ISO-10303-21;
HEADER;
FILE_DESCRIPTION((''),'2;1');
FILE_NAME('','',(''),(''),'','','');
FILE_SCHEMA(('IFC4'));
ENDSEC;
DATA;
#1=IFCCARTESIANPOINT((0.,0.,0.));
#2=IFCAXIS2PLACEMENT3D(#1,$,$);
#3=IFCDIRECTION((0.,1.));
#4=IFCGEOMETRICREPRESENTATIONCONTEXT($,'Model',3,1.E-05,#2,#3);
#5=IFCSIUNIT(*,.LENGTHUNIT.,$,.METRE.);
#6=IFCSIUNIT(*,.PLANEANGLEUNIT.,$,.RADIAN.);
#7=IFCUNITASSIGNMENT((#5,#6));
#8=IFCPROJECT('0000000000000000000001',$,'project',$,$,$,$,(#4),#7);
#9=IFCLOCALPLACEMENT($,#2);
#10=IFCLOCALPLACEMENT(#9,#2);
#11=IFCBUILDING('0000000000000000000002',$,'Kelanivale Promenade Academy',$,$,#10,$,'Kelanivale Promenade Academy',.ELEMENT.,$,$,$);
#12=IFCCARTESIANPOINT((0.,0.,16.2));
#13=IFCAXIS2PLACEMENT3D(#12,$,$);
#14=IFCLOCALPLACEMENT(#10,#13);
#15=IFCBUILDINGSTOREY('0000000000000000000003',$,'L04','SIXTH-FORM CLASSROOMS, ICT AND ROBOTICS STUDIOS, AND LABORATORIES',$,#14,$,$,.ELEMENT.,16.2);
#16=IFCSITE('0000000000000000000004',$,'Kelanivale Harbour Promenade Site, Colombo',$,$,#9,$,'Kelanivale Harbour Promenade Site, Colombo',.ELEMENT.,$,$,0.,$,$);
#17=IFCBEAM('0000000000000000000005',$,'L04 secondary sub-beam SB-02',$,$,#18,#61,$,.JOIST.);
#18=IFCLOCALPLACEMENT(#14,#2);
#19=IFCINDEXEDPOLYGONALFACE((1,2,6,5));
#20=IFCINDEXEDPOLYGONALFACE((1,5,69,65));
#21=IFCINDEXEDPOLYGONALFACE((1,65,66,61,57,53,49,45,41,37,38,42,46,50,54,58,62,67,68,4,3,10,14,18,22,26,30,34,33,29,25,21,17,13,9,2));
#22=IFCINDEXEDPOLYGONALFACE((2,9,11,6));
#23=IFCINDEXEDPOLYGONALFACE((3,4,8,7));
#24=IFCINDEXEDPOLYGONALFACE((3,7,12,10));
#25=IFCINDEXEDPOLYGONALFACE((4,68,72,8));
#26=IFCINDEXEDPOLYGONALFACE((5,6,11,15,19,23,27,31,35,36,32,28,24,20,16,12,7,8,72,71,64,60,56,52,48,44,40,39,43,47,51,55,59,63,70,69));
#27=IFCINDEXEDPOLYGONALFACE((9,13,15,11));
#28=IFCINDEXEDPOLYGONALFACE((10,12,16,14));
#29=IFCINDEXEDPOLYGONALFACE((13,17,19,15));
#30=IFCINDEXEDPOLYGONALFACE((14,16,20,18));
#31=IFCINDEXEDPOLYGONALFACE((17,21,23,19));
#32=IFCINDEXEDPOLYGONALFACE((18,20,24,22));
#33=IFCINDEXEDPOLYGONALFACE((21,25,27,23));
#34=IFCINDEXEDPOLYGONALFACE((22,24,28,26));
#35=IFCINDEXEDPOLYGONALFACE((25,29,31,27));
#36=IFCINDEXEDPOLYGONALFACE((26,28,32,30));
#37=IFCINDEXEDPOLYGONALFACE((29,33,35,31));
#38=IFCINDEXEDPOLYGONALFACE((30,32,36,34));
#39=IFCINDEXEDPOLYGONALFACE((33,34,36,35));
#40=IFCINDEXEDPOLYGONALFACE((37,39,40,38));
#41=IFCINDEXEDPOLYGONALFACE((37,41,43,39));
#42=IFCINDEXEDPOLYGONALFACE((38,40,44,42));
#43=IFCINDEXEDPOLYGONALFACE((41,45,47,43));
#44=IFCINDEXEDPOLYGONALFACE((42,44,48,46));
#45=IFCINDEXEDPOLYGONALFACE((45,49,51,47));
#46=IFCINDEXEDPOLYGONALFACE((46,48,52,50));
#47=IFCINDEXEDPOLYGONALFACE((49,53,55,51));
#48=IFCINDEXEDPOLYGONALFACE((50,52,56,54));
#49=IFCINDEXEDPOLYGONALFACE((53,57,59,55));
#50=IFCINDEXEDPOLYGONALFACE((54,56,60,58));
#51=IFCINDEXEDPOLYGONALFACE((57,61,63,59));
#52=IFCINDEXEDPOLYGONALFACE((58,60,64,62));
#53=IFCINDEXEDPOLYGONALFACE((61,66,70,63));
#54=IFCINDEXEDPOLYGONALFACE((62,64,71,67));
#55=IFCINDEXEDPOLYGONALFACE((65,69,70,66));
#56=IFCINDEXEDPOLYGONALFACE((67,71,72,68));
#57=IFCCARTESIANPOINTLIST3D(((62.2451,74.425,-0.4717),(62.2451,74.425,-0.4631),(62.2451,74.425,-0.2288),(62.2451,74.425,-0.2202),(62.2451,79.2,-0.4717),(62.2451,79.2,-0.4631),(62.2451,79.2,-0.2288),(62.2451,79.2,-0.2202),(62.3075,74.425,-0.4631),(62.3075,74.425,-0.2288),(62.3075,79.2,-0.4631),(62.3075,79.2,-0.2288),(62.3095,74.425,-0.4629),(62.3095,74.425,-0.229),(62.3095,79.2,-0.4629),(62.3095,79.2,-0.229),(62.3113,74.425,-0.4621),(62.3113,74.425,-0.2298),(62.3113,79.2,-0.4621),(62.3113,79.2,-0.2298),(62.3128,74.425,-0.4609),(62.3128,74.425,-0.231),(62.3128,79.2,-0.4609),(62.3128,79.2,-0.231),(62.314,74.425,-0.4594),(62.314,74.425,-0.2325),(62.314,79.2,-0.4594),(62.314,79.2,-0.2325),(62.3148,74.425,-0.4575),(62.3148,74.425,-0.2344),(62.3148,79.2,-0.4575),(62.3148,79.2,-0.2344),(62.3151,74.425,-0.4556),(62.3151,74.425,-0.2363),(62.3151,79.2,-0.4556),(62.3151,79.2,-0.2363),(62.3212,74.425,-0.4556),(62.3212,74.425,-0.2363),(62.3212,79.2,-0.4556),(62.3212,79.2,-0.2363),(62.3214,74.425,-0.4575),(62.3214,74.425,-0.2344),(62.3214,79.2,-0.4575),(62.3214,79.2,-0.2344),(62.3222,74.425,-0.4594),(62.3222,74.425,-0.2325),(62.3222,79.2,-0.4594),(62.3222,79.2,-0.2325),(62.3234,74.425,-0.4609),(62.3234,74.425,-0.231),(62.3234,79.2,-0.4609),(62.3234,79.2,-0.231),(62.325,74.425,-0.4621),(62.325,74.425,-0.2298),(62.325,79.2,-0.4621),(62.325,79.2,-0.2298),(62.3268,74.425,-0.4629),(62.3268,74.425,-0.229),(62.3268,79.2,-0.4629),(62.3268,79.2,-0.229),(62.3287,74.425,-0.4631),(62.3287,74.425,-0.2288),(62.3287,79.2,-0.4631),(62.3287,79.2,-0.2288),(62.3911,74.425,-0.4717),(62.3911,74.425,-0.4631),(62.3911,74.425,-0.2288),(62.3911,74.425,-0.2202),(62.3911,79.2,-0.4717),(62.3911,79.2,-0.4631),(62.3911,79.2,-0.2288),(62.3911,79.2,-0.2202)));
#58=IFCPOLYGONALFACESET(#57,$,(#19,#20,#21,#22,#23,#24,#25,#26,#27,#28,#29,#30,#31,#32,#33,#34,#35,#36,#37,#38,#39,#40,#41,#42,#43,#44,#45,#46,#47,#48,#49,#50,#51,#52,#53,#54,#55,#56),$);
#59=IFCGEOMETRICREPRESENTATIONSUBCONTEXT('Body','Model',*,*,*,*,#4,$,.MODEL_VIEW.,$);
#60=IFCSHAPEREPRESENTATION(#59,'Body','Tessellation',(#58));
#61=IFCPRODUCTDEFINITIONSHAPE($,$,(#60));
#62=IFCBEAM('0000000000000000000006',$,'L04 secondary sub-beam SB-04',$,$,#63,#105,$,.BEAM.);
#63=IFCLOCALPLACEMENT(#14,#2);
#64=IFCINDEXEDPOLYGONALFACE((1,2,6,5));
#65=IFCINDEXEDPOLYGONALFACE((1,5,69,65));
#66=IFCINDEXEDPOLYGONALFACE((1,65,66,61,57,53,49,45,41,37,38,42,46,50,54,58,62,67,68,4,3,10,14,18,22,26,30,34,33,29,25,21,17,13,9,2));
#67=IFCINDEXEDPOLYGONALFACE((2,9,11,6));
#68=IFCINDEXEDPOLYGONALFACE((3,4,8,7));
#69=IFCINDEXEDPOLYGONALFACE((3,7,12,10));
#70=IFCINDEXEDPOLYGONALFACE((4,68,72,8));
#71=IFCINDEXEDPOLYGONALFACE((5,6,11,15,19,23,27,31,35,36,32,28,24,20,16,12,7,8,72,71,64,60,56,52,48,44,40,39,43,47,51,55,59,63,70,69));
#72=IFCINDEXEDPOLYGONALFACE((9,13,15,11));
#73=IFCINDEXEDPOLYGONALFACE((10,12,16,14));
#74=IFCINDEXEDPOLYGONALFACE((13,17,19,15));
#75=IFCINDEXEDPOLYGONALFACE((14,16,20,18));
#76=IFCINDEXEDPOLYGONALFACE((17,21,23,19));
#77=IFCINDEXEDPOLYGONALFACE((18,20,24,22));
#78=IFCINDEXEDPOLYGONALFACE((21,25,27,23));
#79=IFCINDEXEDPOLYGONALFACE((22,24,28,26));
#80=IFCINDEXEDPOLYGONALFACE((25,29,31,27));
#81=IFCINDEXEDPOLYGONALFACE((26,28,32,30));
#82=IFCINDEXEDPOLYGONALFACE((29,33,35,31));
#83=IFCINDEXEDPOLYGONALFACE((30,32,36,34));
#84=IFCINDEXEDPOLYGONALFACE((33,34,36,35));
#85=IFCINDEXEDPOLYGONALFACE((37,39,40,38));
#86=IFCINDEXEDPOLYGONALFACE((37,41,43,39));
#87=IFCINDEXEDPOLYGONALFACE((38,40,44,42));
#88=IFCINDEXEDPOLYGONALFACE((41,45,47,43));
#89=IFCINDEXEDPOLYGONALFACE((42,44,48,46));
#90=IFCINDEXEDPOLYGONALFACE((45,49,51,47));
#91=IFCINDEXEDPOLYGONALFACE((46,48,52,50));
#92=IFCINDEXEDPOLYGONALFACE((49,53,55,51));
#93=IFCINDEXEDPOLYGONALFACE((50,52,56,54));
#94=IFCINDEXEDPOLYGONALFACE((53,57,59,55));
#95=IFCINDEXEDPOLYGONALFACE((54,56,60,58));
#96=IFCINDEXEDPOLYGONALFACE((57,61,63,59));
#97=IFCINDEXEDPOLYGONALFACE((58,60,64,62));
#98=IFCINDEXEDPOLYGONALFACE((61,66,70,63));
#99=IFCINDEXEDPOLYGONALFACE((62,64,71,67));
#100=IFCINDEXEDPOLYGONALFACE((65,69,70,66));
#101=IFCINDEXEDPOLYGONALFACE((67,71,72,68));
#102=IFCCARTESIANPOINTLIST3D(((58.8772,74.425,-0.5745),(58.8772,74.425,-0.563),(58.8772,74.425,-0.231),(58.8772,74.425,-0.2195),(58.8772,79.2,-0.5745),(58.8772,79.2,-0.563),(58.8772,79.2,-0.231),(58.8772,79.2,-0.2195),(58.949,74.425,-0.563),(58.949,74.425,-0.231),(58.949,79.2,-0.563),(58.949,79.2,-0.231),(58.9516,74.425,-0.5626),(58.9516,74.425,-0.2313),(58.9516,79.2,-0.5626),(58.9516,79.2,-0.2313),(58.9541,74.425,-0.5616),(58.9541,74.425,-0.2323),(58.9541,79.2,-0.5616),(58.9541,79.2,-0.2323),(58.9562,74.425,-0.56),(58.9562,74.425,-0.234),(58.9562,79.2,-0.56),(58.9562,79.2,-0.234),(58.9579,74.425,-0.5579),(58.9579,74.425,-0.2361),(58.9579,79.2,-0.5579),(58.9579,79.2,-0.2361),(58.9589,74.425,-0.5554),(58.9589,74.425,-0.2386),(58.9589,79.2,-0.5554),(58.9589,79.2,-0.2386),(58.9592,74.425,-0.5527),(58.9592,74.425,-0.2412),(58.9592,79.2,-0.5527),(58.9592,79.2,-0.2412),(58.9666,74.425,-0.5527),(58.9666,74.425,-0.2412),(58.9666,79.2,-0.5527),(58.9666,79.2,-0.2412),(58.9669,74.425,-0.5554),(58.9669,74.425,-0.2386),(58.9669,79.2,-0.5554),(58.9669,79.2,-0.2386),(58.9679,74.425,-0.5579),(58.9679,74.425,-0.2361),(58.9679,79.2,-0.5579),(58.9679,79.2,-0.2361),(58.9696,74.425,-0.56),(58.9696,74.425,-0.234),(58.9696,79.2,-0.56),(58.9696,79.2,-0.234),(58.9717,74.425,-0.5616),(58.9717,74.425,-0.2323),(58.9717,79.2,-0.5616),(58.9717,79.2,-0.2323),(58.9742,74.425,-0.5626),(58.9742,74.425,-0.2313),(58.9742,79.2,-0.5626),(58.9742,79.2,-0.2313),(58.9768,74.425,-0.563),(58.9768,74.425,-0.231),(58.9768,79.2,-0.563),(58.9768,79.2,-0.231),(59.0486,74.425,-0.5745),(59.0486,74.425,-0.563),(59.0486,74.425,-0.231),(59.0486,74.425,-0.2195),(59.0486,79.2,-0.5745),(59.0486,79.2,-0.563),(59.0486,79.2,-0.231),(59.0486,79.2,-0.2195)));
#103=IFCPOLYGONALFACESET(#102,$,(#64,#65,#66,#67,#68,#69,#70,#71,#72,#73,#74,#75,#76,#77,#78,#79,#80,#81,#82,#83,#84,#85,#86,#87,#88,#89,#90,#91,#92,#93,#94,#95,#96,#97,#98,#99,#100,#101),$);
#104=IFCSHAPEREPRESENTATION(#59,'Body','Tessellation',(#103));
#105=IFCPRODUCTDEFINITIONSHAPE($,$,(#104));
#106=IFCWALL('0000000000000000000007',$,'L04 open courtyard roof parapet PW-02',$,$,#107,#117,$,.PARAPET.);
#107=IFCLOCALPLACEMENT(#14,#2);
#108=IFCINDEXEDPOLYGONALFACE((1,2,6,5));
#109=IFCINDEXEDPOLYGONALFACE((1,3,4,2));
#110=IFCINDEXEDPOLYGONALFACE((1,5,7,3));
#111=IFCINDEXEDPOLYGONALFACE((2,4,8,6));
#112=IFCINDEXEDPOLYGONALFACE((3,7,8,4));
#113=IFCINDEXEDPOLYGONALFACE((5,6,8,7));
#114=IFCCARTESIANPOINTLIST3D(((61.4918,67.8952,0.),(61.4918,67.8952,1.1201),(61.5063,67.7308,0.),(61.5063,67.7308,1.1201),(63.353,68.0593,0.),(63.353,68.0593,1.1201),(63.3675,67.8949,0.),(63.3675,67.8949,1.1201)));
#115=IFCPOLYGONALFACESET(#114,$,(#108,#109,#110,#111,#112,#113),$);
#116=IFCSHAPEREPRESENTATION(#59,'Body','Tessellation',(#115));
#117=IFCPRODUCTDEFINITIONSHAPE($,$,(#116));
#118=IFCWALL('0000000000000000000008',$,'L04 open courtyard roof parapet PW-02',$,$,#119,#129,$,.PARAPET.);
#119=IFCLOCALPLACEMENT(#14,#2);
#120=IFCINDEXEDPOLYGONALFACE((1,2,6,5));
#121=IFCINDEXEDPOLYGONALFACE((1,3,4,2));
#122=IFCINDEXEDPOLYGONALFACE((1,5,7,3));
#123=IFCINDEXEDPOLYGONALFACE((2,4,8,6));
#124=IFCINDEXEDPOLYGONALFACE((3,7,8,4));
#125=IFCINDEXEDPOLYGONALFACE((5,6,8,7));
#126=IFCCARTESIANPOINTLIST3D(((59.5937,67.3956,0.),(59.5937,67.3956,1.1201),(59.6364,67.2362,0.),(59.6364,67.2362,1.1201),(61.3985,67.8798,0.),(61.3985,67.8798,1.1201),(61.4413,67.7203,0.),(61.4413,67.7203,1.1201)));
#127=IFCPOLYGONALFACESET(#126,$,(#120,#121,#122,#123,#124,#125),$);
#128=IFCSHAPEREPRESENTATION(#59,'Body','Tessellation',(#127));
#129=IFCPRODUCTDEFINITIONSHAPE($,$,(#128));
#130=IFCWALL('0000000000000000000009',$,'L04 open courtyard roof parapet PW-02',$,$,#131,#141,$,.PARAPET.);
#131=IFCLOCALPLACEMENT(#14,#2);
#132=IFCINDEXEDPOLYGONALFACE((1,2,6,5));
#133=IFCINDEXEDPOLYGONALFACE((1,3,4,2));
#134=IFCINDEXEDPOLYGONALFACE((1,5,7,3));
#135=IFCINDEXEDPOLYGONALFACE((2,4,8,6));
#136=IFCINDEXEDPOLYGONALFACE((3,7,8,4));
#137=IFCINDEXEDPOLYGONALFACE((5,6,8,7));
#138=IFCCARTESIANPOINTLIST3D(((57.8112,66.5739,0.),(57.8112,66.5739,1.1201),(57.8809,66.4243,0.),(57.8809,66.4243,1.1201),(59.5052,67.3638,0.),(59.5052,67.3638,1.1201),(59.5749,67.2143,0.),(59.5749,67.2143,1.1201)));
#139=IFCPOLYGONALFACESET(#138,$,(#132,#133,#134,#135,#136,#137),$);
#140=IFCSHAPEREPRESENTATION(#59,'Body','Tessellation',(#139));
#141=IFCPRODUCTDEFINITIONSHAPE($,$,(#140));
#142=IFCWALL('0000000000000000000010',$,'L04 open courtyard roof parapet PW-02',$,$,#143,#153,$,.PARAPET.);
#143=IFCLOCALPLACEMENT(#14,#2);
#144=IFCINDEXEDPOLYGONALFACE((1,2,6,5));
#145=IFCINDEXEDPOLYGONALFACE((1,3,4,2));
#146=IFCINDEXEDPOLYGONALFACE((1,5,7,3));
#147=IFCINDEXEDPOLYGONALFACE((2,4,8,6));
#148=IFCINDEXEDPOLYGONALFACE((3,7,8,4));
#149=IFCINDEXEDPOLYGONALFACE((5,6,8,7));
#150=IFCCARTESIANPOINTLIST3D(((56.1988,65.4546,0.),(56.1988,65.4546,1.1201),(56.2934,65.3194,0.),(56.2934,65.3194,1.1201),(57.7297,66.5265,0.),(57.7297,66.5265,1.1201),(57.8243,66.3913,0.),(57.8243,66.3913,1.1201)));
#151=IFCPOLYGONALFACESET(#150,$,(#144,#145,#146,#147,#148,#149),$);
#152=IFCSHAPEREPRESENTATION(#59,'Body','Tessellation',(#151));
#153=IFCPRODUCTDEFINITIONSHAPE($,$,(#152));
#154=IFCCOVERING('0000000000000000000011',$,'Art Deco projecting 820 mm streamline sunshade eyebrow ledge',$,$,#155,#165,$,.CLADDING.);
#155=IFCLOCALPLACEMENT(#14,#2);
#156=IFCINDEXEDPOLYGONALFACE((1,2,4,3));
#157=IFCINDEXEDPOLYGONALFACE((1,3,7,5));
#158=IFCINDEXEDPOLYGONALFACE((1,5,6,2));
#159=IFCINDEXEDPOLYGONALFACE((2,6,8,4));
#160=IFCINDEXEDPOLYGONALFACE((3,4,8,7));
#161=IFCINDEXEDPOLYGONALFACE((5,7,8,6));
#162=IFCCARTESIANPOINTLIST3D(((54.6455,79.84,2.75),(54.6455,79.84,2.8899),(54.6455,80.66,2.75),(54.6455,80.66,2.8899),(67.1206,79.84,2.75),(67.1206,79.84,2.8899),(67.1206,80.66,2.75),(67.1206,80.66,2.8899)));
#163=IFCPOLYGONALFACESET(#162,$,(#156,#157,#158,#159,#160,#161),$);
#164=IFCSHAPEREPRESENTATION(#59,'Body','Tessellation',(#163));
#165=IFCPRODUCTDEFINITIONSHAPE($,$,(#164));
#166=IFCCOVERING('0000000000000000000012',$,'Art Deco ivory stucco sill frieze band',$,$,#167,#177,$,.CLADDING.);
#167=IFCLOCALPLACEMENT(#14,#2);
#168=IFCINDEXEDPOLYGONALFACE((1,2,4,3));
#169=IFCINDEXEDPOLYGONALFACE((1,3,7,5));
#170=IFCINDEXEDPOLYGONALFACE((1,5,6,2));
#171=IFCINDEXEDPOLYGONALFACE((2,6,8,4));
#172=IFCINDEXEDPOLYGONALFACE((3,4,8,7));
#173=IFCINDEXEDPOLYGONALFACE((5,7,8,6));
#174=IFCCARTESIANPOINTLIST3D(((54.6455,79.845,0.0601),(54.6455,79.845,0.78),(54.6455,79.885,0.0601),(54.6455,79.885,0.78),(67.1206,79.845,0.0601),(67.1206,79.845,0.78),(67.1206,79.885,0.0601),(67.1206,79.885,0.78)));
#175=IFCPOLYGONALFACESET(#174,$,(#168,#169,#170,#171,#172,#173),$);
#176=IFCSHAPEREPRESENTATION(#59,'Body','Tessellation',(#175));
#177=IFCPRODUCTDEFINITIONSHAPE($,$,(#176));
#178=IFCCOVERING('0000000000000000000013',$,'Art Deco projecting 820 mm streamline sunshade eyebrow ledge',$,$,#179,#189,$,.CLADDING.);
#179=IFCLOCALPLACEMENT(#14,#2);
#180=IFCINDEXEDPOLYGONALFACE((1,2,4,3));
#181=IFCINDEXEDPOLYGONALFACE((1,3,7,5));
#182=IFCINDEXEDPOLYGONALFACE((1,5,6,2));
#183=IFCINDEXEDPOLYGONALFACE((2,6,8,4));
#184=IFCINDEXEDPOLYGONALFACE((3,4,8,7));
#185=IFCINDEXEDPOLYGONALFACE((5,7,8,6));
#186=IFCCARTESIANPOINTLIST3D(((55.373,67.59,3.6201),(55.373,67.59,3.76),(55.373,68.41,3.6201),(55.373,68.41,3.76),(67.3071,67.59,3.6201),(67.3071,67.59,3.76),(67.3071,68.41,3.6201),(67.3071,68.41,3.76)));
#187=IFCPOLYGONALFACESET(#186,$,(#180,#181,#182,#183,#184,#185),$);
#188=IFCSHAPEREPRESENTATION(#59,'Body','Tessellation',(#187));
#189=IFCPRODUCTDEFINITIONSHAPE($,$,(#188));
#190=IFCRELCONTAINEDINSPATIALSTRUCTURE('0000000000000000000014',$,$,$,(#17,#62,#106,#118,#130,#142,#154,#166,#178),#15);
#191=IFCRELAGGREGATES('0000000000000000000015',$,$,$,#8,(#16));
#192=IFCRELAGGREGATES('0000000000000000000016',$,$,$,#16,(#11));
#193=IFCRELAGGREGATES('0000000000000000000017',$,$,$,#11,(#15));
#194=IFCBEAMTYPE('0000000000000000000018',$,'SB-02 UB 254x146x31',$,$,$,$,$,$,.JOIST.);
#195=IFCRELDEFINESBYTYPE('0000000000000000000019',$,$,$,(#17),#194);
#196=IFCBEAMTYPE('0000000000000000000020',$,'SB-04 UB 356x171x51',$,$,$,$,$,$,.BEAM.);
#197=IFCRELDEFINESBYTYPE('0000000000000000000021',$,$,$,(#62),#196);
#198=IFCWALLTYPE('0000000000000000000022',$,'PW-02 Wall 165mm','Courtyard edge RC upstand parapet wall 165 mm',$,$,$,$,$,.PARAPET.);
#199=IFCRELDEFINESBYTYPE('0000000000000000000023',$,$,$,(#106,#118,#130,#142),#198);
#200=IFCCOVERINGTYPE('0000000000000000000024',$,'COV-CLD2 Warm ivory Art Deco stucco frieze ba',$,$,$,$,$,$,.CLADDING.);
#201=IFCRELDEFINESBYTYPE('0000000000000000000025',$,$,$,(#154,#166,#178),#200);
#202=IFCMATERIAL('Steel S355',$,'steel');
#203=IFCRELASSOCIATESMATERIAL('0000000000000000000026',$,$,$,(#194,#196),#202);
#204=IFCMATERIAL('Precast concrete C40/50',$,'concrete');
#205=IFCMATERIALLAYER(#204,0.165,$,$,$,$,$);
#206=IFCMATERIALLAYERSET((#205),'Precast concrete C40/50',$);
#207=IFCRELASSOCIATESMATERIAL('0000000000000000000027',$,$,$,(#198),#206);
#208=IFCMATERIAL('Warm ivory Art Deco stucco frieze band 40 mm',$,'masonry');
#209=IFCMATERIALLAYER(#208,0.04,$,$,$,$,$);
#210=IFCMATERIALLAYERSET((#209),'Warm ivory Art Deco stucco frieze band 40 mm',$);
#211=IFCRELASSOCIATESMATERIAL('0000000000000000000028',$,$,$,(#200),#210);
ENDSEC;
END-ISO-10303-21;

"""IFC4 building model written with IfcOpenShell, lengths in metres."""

from ifc_helpers import new_model, si_unit, direction, frame, frame_2d, origin, origin_2d, place, context, subcontext, project, spatial, rectangle, i_section, extrude, material, layer, layer_set, material_profile, profile_set, type_object, element, save


model = new_model("IFC4")

# Units and contexts
model_context = context("Model", 3, precision=1e-05, world=origin(), true_north=direction((0.0, 1.0)))
body_context = subcontext(model_context, "Body", "Model", "MODEL_VIEW")
ifc_project = project(units=[si_unit("LENGTHUNIT", "METRE"), si_unit("PLANEANGLEUNIT", "RADIAN")], contexts=[model_context])

# Site, building, storey
site_placement = place(None, origin())
site = spatial("IfcSite", under=ifc_project, at=site_placement, Name="Kelanivale Harbour Promenade Site, Colombo", LongName="Kelanivale Harbour Promenade Site, Colombo", CompositionType="ELEMENT", RefElevation=0.0)
building_placement = place(site_placement, origin())
building = spatial("IfcBuilding", under=site, at=building_placement, Name="Kelanivale Promenade Academy", LongName="Kelanivale Promenade Academy", CompositionType="ELEMENT")
storey_placement = place(building_placement, frame((0.0, 0.0, 16.2)))
storey = spatial("IfcBuildingStorey", under=building, at=storey_placement, Name="L04", Description="SIXTH-FORM CLASSROOMS, ICT AND ROBOTICS STUDIOS, AND LABORATORIES", CompositionType="ELEMENT", Elevation=16.2)

# Beams
ifc_material_1 = material(Name="Steel S355", Category="steel")
ifc_material_profile_1 = material_profile(ifc_material_1, i_section(OverallWidth=0.146, OverallDepth=0.2515, WebThickness=0.0061, FlangeThickness=0.0085, FilletRadius=0.0076, at=origin_2d()), Name="UB 254x146x31")
ifc_profile_set_1 = profile_set([ifc_material_profile_1], Name="Steel S355")
beam_type_1 = type_object("IfcBeamType", Name="SB-02 UB 254x146x31", PredefinedType="JOIST", material=ifc_profile_set_1)
beam_1_placement = place(storey_placement, frame((62.3181, 74.425, -0.3459), z_axis=(0.0, 1.0, 0.0), x_axis=(-1.0, 0.0, 0.0)))
element("IfcBeam", 1, at=beam_1_placement, inside=storey, type_object=beam_type_1, Name="L04 secondary sub-beam SB-02", PredefinedType="JOIST", context=body_context, shape_type="SweptSolid", body=[
    extrude(i_section(OverallWidth=0.146, OverallDepth=0.2515, WebThickness=0.0061, FlangeThickness=0.0085, FilletRadius=0.0076, at=origin_2d()), origin(), (0.0, 0.0, 1.0), 4.7749),
])
ifc_material_profile_2 = material_profile(ifc_material_1, i_section(OverallWidth=0.1714, OverallDepth=0.355, WebThickness=0.0073, FlangeThickness=0.0115, FilletRadius=0.0103, at=origin_2d()), Name="UB 356x171x51")
ifc_profile_set_2 = profile_set([ifc_material_profile_2], Name="Steel S355")
beam_type_2 = type_object("IfcBeamType", Name="SB-04 UB 356x171x51", PredefinedType="BEAM", material=ifc_profile_set_2)
beam_2_placement = place(storey_placement, frame((58.9629, 74.425, -0.397), z_axis=(0.0, 1.0, 0.0), x_axis=(-1.0, 0.0, 0.0)))
element("IfcBeam", 2, at=beam_2_placement, inside=storey, type_object=beam_type_2, Name="L04 secondary sub-beam SB-04", PredefinedType="BEAM", context=body_context, shape_type="SweptSolid", body=[
    extrude(i_section(OverallWidth=0.1714, OverallDepth=0.355, WebThickness=0.0073, FlangeThickness=0.0115, FilletRadius=0.0103, at=origin_2d()), origin(), (0.0, 0.0, 1.0), 4.7749),
])

# Walls
ifc_material_2 = material(Name="Precast concrete C40/50", Category="concrete")
ifc_layer_1 = layer(ifc_material_2, 0.165)
ifc_layer_set_1 = layer_set([ifc_layer_1], Name="Precast concrete C40/50")
wall_type = type_object("IfcWallType", Name="PW-02 Wall 165mm", Description="Courtyard edge RC upstand parapet wall 165 mm", PredefinedType="PARAPET", material=ifc_layer_set_1)
wall_1_placement = place(storey_placement, frame((63.3601, 67.9771, 0.0), z_axis=(0.0, 0.0, 1.0), x_axis=(-0.996137, -0.087814, 0.0)))
element("IfcWall", 3, at=wall_1_placement, inside=storey, type_object=wall_type, Name="L04 open courtyard roof parapet PW-02", PredefinedType="PARAPET", context=body_context, shape_type="SweptSolid", body=[
    extrude(rectangle(XDim=1.8684, YDim=0.165, at=frame_2d((0.9341, 0.0))), origin(), (0.0, 0.0, 1.0), 1.1201),
])
wall_2_placement = place(storey_placement, frame((61.4199, 67.8, 0.0), z_axis=(0.0, 0.0, 1.0), x_axis=(-0.965859, -0.259069, 0.0)))
element("IfcWall", 4, at=wall_2_placement, inside=storey, type_object=wall_type, Name="L04 open courtyard roof parapet PW-02", PredefinedType="PARAPET", context=body_context, shape_type="SweptSolid", body=[
    extrude(rectangle(XDim=1.8687, YDim=0.165, at=frame_2d((0.9343, 0.0))), origin(), (0.0, 0.0, 1.0), 1.1201),
])
wall_3_placement = place(storey_placement, frame((59.54, 67.2891, 0.0), z_axis=(0.0, 0.0, 1.0), x_axis=(-0.906293, -0.422649, 0.0)))
element("IfcWall", 5, at=wall_3_placement, inside=storey, type_object=wall_type, Name="L04 open courtyard roof parapet PW-02", PredefinedType="PARAPET", context=body_context, shape_type="SweptSolid", body=[
    extrude(rectangle(XDim=1.8691, YDim=0.165, at=frame_2d((0.9346, 0.0))), origin(), (0.0, 0.0, 1.0), 1.1201),
])
wall_4_placement = place(storey_placement, frame((57.7771, 66.459, 0.0), z_axis=(0.0, 0.0, 1.0), x_axis=(-0.819152, -0.573576, 0.0)))
element("IfcWall", 6, at=wall_4_placement, inside=storey, type_object=wall_type, Name="L04 open courtyard roof parapet PW-02", PredefinedType="PARAPET", context=body_context, shape_type="SweptSolid", body=[
    extrude(rectangle(XDim=1.8689, YDim=0.165, at=frame_2d((0.9346, 0.0))), origin(), (0.0, 0.0, 1.0), 1.1201),
])

# Coverings
ifc_material_3 = material(Name="Warm ivory Art Deco stucco frieze band 40 mm", Category="masonry")
ifc_layer_2 = layer(ifc_material_3, 0.04)
ifc_layer_set_2 = layer_set([ifc_layer_2], Name="Warm ivory Art Deco stucco frieze band 40 mm")
covering_type = type_object("IfcCoveringType", Name="COV-CLD2 Warm ivory Art Deco stucco frieze ba", PredefinedType="CLADDING", material=ifc_layer_set_2)
covering_1_placement = place(storey_placement, frame((60.8831, 80.25, 2.75), z_axis=(0.0, 0.0, 1.0), x_axis=(-1.0, 0.0, 0.0)))
element("IfcCovering", 7, at=covering_1_placement, inside=storey, type_object=covering_type, Name="Art Deco projecting 820 mm streamline sunshade eyebrow ledge", PredefinedType="CLADDING", context=body_context, shape_type="SweptSolid", body=[
    extrude(rectangle(XDim=12.4751, YDim=0.8201, at=origin_2d()), origin(), (0.0, 0.0, 1.0), 0.1399),
])
covering_2_placement = place(storey_placement, frame((60.8831, 79.865, 0.0601), z_axis=(0.0, 0.0, 1.0), x_axis=(-1.0, 0.0, 0.0)))
element("IfcCovering", 8, at=covering_2_placement, inside=storey, type_object=covering_type, Name="Art Deco ivory stucco sill frieze band", PredefinedType="CLADDING", context=body_context, shape_type="SweptSolid", body=[
    extrude(rectangle(XDim=12.4751, YDim=0.04, at=origin_2d()), origin(), (0.0, 0.0, 1.0), 0.72),
])
covering_3_placement = place(storey_placement, frame((61.3401, 68.0, 3.6201), z_axis=(0.0, 0.0, 1.0), x_axis=(1.0, 0.0, 0.0)))
element("IfcCovering", 9, at=covering_3_placement, inside=storey, type_object=covering_type, Name="Art Deco projecting 820 mm streamline sunshade eyebrow ledge", PredefinedType="CLADDING", context=body_context, shape_type="SweptSolid", body=[
    extrude(rectangle(XDim=11.9341, YDim=0.8201, at=origin_2d()), origin(), (0.0, 0.0, 1.0), 0.1399),
])

save(model, "model.ifc")
